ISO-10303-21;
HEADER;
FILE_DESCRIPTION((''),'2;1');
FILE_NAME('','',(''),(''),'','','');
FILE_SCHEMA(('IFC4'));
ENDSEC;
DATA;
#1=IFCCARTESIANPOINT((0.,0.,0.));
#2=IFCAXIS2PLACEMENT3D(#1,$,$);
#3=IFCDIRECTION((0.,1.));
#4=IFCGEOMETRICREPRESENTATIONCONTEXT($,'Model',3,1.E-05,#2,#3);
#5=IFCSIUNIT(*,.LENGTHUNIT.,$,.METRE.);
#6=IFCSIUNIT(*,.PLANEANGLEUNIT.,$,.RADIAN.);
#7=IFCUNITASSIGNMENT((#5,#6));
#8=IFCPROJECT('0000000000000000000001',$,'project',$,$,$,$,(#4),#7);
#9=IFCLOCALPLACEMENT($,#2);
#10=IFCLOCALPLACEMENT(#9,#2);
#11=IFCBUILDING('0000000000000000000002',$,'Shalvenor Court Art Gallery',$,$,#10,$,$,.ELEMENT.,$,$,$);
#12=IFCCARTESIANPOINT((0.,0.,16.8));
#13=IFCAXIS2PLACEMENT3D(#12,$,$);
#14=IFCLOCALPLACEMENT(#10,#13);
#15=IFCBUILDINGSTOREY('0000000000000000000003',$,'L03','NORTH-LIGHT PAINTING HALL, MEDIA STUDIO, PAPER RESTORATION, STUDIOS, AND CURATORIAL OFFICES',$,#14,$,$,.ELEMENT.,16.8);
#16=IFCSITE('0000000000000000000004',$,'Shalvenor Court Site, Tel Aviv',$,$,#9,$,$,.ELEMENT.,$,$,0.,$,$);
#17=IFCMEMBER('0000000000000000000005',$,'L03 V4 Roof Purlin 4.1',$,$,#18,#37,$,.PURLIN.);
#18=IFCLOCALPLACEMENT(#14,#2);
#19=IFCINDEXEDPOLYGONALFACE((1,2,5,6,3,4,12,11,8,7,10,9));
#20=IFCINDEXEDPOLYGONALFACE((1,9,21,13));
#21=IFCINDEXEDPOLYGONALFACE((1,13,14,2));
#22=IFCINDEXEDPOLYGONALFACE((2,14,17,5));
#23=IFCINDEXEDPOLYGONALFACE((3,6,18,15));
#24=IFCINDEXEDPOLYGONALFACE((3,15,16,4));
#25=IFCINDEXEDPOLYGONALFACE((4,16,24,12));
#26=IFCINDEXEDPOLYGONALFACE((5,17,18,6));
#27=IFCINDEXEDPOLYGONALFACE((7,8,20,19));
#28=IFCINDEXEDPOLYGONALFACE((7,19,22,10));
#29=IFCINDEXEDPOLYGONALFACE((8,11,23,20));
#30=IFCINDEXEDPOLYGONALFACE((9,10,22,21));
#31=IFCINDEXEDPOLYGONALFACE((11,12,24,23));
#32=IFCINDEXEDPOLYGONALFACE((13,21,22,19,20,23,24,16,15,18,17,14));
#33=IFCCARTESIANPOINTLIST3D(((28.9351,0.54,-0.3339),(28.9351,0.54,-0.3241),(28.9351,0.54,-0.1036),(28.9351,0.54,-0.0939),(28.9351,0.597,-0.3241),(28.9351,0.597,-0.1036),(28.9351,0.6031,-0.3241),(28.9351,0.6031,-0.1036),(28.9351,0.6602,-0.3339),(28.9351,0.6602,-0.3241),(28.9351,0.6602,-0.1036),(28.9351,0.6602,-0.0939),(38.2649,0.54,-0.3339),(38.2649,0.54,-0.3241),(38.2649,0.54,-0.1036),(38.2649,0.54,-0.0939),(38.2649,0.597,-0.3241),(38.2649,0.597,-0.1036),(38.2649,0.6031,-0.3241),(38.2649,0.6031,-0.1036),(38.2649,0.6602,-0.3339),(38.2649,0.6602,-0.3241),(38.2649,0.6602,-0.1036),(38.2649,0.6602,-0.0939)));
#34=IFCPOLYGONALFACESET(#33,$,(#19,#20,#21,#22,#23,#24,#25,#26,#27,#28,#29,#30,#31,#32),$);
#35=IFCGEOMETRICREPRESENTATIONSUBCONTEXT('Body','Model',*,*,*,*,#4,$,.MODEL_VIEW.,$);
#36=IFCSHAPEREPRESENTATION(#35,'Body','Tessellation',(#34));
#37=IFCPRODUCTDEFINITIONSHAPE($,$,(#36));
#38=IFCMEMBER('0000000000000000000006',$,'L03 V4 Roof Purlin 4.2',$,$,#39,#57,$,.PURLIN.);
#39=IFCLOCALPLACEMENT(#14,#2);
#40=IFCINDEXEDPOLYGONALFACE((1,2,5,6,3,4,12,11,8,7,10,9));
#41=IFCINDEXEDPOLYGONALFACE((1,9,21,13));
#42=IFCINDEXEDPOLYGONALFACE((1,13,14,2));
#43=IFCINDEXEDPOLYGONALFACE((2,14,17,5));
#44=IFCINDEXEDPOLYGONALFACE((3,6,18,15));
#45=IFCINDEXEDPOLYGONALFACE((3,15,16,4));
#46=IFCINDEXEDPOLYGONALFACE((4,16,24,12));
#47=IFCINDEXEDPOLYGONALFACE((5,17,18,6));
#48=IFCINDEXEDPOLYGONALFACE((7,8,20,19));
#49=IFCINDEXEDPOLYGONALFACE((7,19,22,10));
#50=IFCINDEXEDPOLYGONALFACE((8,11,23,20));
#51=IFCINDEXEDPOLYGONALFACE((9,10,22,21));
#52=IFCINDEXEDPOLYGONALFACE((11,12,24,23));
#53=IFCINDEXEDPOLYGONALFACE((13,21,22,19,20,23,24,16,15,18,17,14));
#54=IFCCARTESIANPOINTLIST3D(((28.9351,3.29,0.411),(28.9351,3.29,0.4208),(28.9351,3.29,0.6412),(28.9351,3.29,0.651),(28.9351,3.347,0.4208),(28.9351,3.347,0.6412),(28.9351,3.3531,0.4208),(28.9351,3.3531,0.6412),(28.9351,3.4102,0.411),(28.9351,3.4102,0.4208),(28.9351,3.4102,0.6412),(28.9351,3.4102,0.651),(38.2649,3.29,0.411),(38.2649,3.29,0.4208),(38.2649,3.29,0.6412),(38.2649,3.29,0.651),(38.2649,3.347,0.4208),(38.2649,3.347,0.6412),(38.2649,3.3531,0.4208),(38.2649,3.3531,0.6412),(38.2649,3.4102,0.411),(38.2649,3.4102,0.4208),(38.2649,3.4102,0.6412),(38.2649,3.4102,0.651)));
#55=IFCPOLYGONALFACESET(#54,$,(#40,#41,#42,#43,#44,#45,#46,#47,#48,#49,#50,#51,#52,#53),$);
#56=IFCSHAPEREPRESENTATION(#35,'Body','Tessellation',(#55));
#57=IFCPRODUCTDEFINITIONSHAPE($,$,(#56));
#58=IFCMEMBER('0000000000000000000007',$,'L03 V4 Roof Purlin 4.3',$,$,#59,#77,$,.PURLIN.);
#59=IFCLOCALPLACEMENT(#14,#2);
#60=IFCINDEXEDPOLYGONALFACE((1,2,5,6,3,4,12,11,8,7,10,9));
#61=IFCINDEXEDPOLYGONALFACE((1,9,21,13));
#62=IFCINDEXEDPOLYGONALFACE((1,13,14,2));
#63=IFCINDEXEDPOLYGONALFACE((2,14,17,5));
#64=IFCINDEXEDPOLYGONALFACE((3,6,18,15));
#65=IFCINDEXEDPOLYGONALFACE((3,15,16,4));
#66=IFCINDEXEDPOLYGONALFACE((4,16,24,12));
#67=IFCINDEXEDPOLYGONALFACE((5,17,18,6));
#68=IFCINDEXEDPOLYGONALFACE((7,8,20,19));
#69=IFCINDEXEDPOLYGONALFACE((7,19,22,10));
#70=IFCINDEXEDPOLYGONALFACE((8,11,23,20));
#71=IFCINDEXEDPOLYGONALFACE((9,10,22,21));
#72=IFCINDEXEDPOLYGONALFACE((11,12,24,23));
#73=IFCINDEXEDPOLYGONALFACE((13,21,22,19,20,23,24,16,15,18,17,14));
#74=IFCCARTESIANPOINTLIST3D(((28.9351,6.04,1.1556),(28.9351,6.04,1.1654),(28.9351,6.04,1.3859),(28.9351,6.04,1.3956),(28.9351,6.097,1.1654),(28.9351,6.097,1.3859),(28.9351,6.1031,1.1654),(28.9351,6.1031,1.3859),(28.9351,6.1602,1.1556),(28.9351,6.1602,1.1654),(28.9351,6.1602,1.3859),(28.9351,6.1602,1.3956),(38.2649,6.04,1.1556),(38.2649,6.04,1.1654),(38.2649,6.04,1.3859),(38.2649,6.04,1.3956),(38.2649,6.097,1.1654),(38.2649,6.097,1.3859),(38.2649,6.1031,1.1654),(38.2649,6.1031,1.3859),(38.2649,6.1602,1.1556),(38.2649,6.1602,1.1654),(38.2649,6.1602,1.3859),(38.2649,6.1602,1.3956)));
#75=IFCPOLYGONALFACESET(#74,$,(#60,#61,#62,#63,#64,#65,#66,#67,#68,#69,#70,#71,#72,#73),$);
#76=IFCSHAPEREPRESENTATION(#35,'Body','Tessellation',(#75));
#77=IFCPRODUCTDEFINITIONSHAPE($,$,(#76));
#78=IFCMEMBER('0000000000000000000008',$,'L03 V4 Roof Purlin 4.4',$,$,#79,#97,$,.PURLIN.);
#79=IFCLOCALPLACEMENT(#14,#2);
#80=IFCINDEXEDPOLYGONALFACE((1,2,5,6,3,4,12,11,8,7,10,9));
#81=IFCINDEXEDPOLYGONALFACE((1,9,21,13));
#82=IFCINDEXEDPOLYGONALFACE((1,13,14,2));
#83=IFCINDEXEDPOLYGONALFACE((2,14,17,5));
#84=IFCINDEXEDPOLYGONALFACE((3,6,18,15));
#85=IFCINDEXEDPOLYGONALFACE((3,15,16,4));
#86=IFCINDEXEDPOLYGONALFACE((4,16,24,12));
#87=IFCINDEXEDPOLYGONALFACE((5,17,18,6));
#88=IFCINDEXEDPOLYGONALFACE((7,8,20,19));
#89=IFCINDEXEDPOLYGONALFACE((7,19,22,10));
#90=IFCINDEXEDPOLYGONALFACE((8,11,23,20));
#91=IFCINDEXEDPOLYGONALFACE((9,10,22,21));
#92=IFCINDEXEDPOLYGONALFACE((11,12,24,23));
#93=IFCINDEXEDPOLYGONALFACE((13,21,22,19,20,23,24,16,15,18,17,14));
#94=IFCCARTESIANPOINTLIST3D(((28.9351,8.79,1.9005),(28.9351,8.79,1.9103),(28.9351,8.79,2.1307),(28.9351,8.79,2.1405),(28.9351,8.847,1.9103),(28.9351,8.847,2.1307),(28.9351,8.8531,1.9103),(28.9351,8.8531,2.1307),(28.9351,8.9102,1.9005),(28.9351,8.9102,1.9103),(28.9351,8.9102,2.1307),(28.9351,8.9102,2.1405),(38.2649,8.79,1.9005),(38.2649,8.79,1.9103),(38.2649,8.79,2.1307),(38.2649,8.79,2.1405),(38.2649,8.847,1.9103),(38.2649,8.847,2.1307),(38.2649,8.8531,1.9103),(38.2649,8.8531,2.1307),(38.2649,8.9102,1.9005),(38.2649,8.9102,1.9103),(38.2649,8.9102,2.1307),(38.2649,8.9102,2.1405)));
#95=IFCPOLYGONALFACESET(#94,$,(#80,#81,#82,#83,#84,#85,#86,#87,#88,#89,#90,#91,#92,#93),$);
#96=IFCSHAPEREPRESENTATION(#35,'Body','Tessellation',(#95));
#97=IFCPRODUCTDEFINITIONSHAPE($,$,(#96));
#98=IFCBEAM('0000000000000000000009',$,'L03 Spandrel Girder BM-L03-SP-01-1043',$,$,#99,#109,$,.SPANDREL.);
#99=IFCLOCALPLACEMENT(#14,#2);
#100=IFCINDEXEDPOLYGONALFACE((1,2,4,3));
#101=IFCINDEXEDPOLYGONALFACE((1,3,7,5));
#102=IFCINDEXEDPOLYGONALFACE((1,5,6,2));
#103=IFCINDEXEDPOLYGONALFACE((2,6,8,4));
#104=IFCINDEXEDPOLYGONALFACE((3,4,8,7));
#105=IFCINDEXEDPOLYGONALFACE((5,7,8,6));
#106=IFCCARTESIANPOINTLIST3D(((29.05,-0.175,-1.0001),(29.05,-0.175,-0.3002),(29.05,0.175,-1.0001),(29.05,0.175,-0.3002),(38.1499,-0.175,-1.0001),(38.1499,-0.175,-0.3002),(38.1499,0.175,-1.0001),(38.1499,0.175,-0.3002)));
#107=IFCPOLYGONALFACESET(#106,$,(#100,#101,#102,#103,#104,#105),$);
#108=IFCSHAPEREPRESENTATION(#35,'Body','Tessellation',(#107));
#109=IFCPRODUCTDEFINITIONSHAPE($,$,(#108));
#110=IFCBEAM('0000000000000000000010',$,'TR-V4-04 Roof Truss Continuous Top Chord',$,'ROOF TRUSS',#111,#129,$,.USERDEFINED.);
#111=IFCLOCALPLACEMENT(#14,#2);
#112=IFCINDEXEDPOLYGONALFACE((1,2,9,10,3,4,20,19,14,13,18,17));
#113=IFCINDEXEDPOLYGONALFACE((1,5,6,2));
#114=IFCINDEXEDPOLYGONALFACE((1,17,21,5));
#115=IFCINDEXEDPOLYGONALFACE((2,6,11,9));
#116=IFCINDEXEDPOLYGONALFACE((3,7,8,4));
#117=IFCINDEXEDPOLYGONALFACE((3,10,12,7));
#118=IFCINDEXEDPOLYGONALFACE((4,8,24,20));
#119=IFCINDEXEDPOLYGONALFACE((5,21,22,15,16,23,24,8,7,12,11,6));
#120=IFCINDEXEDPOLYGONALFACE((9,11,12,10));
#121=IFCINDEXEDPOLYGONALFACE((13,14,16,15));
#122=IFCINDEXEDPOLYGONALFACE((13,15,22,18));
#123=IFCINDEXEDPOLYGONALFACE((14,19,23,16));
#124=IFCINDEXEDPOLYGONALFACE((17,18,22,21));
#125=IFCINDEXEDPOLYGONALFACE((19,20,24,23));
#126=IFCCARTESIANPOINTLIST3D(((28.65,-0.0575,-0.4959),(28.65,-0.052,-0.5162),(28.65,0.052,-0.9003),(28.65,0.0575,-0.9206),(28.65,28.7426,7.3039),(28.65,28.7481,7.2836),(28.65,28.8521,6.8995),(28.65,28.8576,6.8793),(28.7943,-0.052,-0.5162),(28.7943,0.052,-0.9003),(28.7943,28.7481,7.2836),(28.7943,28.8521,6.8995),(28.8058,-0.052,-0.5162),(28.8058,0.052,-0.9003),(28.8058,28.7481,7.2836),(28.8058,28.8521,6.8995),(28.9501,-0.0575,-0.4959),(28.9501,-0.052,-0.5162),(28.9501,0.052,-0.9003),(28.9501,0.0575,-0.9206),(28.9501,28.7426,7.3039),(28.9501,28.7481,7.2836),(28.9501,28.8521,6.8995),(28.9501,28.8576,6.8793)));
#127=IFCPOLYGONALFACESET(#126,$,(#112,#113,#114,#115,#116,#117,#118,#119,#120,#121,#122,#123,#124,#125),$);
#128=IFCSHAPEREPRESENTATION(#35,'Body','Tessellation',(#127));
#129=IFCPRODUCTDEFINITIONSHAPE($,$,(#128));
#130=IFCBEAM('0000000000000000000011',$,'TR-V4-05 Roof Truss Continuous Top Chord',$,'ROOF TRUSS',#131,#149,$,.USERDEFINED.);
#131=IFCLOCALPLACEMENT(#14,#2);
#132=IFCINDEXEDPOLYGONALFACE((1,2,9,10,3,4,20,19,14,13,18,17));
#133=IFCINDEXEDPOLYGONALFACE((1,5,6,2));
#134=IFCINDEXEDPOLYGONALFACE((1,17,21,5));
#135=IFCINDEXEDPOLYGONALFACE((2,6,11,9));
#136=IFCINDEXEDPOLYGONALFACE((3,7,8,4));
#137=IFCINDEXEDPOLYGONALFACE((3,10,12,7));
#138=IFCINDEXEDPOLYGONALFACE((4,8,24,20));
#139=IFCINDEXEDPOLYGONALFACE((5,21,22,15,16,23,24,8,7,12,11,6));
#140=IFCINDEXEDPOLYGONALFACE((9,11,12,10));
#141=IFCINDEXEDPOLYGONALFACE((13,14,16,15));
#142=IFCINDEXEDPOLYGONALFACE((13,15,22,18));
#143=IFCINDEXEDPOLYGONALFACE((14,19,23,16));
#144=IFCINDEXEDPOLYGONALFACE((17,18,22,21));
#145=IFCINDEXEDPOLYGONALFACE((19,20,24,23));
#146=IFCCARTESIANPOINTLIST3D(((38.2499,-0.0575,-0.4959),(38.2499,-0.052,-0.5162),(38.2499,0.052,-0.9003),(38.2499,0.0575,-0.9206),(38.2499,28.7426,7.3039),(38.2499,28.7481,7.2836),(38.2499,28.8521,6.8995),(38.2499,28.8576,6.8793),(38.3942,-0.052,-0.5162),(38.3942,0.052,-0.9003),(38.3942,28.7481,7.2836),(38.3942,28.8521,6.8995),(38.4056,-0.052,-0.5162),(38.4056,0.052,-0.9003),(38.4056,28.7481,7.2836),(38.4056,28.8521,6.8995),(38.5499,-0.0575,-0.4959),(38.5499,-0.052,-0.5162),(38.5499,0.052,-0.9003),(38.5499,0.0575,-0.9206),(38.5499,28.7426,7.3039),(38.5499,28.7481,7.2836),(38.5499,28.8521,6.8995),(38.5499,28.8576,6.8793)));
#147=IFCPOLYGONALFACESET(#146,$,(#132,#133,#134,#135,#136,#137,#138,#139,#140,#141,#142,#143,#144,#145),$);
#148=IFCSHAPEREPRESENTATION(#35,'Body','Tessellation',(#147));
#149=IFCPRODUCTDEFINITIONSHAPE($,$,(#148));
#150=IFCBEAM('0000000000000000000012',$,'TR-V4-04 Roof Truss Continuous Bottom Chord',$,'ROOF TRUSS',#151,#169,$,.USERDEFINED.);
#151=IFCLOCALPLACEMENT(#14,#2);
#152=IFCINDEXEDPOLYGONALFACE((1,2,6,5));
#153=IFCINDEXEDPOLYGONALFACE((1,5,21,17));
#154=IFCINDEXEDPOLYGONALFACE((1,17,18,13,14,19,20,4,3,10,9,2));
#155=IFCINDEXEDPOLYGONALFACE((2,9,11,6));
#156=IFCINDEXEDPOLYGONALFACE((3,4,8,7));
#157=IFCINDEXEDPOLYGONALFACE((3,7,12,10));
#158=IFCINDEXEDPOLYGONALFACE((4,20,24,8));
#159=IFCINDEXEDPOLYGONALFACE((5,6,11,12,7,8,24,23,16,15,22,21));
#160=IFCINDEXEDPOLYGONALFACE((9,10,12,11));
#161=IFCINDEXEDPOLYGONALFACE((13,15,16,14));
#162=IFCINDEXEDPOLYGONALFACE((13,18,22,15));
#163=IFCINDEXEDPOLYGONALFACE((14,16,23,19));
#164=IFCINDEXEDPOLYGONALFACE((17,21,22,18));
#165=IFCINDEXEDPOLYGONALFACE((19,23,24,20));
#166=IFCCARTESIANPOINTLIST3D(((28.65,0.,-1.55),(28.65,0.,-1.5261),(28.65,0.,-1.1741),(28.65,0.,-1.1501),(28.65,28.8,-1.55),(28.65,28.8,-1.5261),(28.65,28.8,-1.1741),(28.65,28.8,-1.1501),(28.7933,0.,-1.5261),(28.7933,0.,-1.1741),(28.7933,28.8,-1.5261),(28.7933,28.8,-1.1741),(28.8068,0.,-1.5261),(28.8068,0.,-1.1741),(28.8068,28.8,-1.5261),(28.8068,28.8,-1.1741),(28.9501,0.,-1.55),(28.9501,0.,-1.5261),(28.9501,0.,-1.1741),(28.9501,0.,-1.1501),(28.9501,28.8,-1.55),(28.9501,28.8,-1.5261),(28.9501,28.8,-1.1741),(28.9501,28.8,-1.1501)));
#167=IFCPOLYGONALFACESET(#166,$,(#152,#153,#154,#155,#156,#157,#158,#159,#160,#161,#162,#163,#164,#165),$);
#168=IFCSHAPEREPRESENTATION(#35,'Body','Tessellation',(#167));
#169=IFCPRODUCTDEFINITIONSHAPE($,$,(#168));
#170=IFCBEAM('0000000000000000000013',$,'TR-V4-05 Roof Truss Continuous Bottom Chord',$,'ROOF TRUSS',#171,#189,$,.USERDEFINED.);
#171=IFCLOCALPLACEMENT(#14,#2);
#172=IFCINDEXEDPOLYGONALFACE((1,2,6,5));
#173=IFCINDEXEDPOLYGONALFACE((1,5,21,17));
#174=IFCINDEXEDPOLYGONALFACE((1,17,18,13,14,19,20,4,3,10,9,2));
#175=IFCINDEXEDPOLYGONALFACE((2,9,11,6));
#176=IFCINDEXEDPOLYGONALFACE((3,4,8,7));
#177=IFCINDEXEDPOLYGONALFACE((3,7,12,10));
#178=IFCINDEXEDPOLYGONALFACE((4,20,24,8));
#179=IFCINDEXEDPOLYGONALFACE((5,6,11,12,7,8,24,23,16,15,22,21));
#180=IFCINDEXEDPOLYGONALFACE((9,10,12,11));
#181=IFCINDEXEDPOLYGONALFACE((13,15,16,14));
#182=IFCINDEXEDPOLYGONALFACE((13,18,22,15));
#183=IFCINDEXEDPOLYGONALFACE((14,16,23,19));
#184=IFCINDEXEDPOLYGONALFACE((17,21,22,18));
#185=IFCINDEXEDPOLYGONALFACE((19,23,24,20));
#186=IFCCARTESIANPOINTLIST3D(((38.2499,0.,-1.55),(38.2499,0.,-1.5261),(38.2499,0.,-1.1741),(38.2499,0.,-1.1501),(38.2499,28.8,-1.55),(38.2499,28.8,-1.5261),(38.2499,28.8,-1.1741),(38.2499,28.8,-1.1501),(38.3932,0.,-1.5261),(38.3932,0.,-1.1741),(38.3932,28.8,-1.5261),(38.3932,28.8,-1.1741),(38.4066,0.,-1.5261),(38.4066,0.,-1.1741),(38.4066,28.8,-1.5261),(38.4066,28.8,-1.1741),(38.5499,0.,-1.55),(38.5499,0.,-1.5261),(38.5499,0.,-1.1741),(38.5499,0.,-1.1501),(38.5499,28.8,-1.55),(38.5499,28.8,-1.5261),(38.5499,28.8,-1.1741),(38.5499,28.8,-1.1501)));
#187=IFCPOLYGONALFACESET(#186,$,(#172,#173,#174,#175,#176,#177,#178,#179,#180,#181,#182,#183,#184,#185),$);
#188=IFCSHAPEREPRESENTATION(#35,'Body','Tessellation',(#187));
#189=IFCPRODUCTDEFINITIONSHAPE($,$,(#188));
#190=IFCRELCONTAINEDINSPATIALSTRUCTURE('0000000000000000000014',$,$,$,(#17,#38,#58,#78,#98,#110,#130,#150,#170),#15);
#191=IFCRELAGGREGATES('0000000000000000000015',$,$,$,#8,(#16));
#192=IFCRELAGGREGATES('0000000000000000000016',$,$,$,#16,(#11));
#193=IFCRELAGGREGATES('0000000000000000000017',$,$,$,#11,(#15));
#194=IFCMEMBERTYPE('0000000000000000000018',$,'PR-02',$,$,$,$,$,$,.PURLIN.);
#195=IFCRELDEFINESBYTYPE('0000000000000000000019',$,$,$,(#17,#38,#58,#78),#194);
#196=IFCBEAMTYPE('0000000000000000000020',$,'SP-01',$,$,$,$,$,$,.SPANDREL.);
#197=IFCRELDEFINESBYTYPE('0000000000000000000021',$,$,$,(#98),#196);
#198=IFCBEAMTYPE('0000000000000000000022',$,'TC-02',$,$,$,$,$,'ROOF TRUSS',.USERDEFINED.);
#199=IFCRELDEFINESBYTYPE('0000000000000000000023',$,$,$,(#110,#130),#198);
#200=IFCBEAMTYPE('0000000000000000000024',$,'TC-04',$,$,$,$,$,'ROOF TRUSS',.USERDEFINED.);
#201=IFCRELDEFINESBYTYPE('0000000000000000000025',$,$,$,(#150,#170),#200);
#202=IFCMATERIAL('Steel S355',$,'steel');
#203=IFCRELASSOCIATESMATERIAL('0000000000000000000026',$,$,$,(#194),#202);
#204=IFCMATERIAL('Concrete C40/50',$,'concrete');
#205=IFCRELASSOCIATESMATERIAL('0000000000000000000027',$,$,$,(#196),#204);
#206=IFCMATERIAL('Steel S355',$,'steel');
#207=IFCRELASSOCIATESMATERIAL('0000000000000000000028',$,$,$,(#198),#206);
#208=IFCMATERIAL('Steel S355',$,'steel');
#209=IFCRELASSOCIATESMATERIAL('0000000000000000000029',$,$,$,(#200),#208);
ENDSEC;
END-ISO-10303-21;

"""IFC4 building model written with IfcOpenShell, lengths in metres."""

from ifc_helpers import new_model, si_unit, direction, frame, origin, origin_2d, place, context, subcontext, project, spatial, rectangle, i_section, extrude, material, material_profile, profile_set, type_object, element, save


model = new_model("IFC4")

# Units and contexts
model_context = context("Model", 3, precision=1e-05, world=origin(), true_north=direction((0.0, 1.0)))
body_context = subcontext(model_context, "Body", "Model", "MODEL_VIEW")
ifc_project = project(units=[si_unit("LENGTHUNIT", "METRE"), si_unit("PLANEANGLEUNIT", "RADIAN")], contexts=[model_context])

# Site, building, storey
site_placement = place(None, origin())
site = spatial("IfcSite", under=ifc_project, at=site_placement, Name="Shalvenor Court Site, Tel Aviv", CompositionType="ELEMENT", RefElevation=0.0)
building_placement = place(site_placement, origin())
building = spatial("IfcBuilding", under=site, at=building_placement, Name="Shalvenor Court Art Gallery", CompositionType="ELEMENT")
storey_placement = place(building_placement, frame((0.0, 0.0, 16.8)))
storey = spatial("IfcBuildingStorey", under=building, at=storey_placement, Name="L03", Description="NORTH-LIGHT PAINTING HALL, MEDIA STUDIO, PAPER RESTORATION, STUDIOS, AND CURATORIAL OFFICES", CompositionType="ELEMENT", Elevation=16.8)

# Members
ifc_material_1 = material(Name="Steel S355", Category="steel")
ifc_material_profile_1 = material_profile(ifc_material_1, i_section(OverallWidth=0.1201, OverallDepth=0.24, WebThickness=0.0061, FlangeThickness=0.0098, at=origin_2d()), Name="IPE 240")
ifc_profile_set_1 = profile_set([ifc_material_profile_1], Name="Steel S355")
member_type_1 = type_object("IfcMemberType", Name="PR-02", PredefinedType="PURLIN", material=ifc_profile_set_1)
for number, where, z_axis, x_axis, name in (
    (1, (28.9351, 0.6001, -0.2139), (1.0, 0.0, 0.0), (0.0, 1.0, 0.0), "L03 V4 Roof Purlin 4.1"),
    (2, (28.9351, 3.3501, 0.531), (1.0, 0.0, 0.0), (0.0, 1.0, 0.0), "L03 V4 Roof Purlin 4.2"),
    (3, (28.9351, 6.1001, 1.2756), (1.0, 0.0, 0.0), (0.0, 1.0, 0.0), "L03 V4 Roof Purlin 4.3"),
    (4, (28.9351, 8.8501, 2.0205), (1.0, 0.0, 0.0), (0.0, 1.0, 0.0), "L03 V4 Roof Purlin 4.4"),
):
    element("IfcMember", number, at=place(storey_placement, frame(where, z_axis=z_axis, x_axis=x_axis)), inside=storey, type_object=member_type_1, Name=name, PredefinedType="PURLIN", context=body_context, shape_type="SweptSolid", body=[
        extrude(i_section(OverallWidth=0.1201, OverallDepth=0.24, WebThickness=0.0061, FlangeThickness=0.0098, at=origin_2d()), origin(), (0.0, 0.0, 1.0), 9.3298),
    ])

# Beams
ifc_material_2 = material(Name="Concrete C40/50", Category="concrete")
ifc_material_profile_2 = material_profile(ifc_material_2, rectangle(XDim=0.3501, YDim=0.7, at=origin_2d()), Name="RC 350x700")
ifc_profile_set_2 = profile_set([ifc_material_profile_2], Name="Concrete C40/50")
beam_type_1 = type_object("IfcBeamType", Name="SP-01", PredefinedType="SPANDREL", material=ifc_profile_set_2)
beam_placement = place(storey_placement, frame((29.05, 0.0, -0.6501), z_axis=(1.0, 0.0, 0.0), x_axis=(0.0, 1.0, 0.0)))
element("IfcBeam", 5, at=beam_placement, inside=storey, type_object=beam_type_1, Name="L03 Spandrel Girder BM-L03-SP-01-1043", PredefinedType="SPANDREL", context=body_context, shape_type="SweptSolid", body=[
    extrude(rectangle(XDim=0.3501, YDim=0.7, at=origin_2d()), origin(), (0.0, 0.0, 1.0), 9.0999),
])
ifc_material_3 = material(Name="Steel S355", Category="steel")
ifc_material_profile_3 = material_profile(ifc_material_3, i_section(OverallWidth=0.3, OverallDepth=0.4399, WebThickness=0.0115, FlangeThickness=0.021, at=origin_2d()), Name="HEA 450")
ifc_profile_set_3 = profile_set([ifc_material_profile_3], Name="Steel S355")
beam_type_2 = type_object("IfcBeamType", Name="TC-02", ElementType="ROOF TRUSS", PredefinedType="USERDEFINED", material=ifc_profile_set_3)
for number, where, z_axis, x_axis, name in (
    (6, (28.8, 0.0, -0.7083), (0.0, 0.965228, 0.261409), (-1.0, 0.0, 0.0), "TR-V4-04 Roof Truss Continuous Top Chord"),
    (7, (38.3999, 0.0, -0.7083), (0.0, 0.965228, 0.261409), (-1.0, 0.0, 0.0), "TR-V4-05 Roof Truss Continuous Top Chord"),
):
    element("IfcBeam", number, at=place(storey_placement, frame(where, z_axis=z_axis, x_axis=x_axis)), inside=storey, type_object=beam_type_2, Name=name, ObjectType="ROOF TRUSS", PredefinedType="USERDEFINED", context=body_context, shape_type="SweptSolid", body=[
        extrude(i_section(OverallWidth=0.3, OverallDepth=0.4399, WebThickness=0.0115, FlangeThickness=0.021, at=origin_2d()), origin(), (0.0, 0.0, 1.0), 29.8376),
    ])
ifc_material_4 = material(Name="Steel S355", Category="steel")
ifc_material_profile_4 = material_profile(ifc_material_4, i_section(OverallWidth=0.3, OverallDepth=0.3999, WebThickness=0.0134, FlangeThickness=0.0239, at=origin_2d()), Name="HEB 400")
ifc_profile_set_4 = profile_set([ifc_material_profile_4], Name="Steel S355")
beam_type_3 = type_object("IfcBeamType", Name="TC-04", ElementType="ROOF TRUSS", PredefinedType="USERDEFINED", material=ifc_profile_set_4)
for number, where, z_axis, x_axis, name in (
    (8, (28.8, 0.0, -1.3501), (0.0, 1.0, 0.0), (-1.0, 0.0, 0.0), "TR-V4-04 Roof Truss Continuous Bottom Chord"),
    (9, (38.3999, 0.0, -1.3501), (0.0, 1.0, 0.0), (-1.0, 0.0, 0.0), "TR-V4-05 Roof Truss Continuous Bottom Chord"),
):
    element("IfcBeam", number, at=place(storey_placement, frame(where, z_axis=z_axis, x_axis=x_axis)), inside=storey, type_object=beam_type_3, Name=name, ObjectType="ROOF TRUSS", PredefinedType="USERDEFINED", context=body_context, shape_type="SweptSolid", body=[
        extrude(i_section(OverallWidth=0.3, OverallDepth=0.3999, WebThickness=0.0134, FlangeThickness=0.0239, at=origin_2d()), origin(), (0.0, 0.0, 1.0), 28.8),
    ])

save(model, "model.ifc")
